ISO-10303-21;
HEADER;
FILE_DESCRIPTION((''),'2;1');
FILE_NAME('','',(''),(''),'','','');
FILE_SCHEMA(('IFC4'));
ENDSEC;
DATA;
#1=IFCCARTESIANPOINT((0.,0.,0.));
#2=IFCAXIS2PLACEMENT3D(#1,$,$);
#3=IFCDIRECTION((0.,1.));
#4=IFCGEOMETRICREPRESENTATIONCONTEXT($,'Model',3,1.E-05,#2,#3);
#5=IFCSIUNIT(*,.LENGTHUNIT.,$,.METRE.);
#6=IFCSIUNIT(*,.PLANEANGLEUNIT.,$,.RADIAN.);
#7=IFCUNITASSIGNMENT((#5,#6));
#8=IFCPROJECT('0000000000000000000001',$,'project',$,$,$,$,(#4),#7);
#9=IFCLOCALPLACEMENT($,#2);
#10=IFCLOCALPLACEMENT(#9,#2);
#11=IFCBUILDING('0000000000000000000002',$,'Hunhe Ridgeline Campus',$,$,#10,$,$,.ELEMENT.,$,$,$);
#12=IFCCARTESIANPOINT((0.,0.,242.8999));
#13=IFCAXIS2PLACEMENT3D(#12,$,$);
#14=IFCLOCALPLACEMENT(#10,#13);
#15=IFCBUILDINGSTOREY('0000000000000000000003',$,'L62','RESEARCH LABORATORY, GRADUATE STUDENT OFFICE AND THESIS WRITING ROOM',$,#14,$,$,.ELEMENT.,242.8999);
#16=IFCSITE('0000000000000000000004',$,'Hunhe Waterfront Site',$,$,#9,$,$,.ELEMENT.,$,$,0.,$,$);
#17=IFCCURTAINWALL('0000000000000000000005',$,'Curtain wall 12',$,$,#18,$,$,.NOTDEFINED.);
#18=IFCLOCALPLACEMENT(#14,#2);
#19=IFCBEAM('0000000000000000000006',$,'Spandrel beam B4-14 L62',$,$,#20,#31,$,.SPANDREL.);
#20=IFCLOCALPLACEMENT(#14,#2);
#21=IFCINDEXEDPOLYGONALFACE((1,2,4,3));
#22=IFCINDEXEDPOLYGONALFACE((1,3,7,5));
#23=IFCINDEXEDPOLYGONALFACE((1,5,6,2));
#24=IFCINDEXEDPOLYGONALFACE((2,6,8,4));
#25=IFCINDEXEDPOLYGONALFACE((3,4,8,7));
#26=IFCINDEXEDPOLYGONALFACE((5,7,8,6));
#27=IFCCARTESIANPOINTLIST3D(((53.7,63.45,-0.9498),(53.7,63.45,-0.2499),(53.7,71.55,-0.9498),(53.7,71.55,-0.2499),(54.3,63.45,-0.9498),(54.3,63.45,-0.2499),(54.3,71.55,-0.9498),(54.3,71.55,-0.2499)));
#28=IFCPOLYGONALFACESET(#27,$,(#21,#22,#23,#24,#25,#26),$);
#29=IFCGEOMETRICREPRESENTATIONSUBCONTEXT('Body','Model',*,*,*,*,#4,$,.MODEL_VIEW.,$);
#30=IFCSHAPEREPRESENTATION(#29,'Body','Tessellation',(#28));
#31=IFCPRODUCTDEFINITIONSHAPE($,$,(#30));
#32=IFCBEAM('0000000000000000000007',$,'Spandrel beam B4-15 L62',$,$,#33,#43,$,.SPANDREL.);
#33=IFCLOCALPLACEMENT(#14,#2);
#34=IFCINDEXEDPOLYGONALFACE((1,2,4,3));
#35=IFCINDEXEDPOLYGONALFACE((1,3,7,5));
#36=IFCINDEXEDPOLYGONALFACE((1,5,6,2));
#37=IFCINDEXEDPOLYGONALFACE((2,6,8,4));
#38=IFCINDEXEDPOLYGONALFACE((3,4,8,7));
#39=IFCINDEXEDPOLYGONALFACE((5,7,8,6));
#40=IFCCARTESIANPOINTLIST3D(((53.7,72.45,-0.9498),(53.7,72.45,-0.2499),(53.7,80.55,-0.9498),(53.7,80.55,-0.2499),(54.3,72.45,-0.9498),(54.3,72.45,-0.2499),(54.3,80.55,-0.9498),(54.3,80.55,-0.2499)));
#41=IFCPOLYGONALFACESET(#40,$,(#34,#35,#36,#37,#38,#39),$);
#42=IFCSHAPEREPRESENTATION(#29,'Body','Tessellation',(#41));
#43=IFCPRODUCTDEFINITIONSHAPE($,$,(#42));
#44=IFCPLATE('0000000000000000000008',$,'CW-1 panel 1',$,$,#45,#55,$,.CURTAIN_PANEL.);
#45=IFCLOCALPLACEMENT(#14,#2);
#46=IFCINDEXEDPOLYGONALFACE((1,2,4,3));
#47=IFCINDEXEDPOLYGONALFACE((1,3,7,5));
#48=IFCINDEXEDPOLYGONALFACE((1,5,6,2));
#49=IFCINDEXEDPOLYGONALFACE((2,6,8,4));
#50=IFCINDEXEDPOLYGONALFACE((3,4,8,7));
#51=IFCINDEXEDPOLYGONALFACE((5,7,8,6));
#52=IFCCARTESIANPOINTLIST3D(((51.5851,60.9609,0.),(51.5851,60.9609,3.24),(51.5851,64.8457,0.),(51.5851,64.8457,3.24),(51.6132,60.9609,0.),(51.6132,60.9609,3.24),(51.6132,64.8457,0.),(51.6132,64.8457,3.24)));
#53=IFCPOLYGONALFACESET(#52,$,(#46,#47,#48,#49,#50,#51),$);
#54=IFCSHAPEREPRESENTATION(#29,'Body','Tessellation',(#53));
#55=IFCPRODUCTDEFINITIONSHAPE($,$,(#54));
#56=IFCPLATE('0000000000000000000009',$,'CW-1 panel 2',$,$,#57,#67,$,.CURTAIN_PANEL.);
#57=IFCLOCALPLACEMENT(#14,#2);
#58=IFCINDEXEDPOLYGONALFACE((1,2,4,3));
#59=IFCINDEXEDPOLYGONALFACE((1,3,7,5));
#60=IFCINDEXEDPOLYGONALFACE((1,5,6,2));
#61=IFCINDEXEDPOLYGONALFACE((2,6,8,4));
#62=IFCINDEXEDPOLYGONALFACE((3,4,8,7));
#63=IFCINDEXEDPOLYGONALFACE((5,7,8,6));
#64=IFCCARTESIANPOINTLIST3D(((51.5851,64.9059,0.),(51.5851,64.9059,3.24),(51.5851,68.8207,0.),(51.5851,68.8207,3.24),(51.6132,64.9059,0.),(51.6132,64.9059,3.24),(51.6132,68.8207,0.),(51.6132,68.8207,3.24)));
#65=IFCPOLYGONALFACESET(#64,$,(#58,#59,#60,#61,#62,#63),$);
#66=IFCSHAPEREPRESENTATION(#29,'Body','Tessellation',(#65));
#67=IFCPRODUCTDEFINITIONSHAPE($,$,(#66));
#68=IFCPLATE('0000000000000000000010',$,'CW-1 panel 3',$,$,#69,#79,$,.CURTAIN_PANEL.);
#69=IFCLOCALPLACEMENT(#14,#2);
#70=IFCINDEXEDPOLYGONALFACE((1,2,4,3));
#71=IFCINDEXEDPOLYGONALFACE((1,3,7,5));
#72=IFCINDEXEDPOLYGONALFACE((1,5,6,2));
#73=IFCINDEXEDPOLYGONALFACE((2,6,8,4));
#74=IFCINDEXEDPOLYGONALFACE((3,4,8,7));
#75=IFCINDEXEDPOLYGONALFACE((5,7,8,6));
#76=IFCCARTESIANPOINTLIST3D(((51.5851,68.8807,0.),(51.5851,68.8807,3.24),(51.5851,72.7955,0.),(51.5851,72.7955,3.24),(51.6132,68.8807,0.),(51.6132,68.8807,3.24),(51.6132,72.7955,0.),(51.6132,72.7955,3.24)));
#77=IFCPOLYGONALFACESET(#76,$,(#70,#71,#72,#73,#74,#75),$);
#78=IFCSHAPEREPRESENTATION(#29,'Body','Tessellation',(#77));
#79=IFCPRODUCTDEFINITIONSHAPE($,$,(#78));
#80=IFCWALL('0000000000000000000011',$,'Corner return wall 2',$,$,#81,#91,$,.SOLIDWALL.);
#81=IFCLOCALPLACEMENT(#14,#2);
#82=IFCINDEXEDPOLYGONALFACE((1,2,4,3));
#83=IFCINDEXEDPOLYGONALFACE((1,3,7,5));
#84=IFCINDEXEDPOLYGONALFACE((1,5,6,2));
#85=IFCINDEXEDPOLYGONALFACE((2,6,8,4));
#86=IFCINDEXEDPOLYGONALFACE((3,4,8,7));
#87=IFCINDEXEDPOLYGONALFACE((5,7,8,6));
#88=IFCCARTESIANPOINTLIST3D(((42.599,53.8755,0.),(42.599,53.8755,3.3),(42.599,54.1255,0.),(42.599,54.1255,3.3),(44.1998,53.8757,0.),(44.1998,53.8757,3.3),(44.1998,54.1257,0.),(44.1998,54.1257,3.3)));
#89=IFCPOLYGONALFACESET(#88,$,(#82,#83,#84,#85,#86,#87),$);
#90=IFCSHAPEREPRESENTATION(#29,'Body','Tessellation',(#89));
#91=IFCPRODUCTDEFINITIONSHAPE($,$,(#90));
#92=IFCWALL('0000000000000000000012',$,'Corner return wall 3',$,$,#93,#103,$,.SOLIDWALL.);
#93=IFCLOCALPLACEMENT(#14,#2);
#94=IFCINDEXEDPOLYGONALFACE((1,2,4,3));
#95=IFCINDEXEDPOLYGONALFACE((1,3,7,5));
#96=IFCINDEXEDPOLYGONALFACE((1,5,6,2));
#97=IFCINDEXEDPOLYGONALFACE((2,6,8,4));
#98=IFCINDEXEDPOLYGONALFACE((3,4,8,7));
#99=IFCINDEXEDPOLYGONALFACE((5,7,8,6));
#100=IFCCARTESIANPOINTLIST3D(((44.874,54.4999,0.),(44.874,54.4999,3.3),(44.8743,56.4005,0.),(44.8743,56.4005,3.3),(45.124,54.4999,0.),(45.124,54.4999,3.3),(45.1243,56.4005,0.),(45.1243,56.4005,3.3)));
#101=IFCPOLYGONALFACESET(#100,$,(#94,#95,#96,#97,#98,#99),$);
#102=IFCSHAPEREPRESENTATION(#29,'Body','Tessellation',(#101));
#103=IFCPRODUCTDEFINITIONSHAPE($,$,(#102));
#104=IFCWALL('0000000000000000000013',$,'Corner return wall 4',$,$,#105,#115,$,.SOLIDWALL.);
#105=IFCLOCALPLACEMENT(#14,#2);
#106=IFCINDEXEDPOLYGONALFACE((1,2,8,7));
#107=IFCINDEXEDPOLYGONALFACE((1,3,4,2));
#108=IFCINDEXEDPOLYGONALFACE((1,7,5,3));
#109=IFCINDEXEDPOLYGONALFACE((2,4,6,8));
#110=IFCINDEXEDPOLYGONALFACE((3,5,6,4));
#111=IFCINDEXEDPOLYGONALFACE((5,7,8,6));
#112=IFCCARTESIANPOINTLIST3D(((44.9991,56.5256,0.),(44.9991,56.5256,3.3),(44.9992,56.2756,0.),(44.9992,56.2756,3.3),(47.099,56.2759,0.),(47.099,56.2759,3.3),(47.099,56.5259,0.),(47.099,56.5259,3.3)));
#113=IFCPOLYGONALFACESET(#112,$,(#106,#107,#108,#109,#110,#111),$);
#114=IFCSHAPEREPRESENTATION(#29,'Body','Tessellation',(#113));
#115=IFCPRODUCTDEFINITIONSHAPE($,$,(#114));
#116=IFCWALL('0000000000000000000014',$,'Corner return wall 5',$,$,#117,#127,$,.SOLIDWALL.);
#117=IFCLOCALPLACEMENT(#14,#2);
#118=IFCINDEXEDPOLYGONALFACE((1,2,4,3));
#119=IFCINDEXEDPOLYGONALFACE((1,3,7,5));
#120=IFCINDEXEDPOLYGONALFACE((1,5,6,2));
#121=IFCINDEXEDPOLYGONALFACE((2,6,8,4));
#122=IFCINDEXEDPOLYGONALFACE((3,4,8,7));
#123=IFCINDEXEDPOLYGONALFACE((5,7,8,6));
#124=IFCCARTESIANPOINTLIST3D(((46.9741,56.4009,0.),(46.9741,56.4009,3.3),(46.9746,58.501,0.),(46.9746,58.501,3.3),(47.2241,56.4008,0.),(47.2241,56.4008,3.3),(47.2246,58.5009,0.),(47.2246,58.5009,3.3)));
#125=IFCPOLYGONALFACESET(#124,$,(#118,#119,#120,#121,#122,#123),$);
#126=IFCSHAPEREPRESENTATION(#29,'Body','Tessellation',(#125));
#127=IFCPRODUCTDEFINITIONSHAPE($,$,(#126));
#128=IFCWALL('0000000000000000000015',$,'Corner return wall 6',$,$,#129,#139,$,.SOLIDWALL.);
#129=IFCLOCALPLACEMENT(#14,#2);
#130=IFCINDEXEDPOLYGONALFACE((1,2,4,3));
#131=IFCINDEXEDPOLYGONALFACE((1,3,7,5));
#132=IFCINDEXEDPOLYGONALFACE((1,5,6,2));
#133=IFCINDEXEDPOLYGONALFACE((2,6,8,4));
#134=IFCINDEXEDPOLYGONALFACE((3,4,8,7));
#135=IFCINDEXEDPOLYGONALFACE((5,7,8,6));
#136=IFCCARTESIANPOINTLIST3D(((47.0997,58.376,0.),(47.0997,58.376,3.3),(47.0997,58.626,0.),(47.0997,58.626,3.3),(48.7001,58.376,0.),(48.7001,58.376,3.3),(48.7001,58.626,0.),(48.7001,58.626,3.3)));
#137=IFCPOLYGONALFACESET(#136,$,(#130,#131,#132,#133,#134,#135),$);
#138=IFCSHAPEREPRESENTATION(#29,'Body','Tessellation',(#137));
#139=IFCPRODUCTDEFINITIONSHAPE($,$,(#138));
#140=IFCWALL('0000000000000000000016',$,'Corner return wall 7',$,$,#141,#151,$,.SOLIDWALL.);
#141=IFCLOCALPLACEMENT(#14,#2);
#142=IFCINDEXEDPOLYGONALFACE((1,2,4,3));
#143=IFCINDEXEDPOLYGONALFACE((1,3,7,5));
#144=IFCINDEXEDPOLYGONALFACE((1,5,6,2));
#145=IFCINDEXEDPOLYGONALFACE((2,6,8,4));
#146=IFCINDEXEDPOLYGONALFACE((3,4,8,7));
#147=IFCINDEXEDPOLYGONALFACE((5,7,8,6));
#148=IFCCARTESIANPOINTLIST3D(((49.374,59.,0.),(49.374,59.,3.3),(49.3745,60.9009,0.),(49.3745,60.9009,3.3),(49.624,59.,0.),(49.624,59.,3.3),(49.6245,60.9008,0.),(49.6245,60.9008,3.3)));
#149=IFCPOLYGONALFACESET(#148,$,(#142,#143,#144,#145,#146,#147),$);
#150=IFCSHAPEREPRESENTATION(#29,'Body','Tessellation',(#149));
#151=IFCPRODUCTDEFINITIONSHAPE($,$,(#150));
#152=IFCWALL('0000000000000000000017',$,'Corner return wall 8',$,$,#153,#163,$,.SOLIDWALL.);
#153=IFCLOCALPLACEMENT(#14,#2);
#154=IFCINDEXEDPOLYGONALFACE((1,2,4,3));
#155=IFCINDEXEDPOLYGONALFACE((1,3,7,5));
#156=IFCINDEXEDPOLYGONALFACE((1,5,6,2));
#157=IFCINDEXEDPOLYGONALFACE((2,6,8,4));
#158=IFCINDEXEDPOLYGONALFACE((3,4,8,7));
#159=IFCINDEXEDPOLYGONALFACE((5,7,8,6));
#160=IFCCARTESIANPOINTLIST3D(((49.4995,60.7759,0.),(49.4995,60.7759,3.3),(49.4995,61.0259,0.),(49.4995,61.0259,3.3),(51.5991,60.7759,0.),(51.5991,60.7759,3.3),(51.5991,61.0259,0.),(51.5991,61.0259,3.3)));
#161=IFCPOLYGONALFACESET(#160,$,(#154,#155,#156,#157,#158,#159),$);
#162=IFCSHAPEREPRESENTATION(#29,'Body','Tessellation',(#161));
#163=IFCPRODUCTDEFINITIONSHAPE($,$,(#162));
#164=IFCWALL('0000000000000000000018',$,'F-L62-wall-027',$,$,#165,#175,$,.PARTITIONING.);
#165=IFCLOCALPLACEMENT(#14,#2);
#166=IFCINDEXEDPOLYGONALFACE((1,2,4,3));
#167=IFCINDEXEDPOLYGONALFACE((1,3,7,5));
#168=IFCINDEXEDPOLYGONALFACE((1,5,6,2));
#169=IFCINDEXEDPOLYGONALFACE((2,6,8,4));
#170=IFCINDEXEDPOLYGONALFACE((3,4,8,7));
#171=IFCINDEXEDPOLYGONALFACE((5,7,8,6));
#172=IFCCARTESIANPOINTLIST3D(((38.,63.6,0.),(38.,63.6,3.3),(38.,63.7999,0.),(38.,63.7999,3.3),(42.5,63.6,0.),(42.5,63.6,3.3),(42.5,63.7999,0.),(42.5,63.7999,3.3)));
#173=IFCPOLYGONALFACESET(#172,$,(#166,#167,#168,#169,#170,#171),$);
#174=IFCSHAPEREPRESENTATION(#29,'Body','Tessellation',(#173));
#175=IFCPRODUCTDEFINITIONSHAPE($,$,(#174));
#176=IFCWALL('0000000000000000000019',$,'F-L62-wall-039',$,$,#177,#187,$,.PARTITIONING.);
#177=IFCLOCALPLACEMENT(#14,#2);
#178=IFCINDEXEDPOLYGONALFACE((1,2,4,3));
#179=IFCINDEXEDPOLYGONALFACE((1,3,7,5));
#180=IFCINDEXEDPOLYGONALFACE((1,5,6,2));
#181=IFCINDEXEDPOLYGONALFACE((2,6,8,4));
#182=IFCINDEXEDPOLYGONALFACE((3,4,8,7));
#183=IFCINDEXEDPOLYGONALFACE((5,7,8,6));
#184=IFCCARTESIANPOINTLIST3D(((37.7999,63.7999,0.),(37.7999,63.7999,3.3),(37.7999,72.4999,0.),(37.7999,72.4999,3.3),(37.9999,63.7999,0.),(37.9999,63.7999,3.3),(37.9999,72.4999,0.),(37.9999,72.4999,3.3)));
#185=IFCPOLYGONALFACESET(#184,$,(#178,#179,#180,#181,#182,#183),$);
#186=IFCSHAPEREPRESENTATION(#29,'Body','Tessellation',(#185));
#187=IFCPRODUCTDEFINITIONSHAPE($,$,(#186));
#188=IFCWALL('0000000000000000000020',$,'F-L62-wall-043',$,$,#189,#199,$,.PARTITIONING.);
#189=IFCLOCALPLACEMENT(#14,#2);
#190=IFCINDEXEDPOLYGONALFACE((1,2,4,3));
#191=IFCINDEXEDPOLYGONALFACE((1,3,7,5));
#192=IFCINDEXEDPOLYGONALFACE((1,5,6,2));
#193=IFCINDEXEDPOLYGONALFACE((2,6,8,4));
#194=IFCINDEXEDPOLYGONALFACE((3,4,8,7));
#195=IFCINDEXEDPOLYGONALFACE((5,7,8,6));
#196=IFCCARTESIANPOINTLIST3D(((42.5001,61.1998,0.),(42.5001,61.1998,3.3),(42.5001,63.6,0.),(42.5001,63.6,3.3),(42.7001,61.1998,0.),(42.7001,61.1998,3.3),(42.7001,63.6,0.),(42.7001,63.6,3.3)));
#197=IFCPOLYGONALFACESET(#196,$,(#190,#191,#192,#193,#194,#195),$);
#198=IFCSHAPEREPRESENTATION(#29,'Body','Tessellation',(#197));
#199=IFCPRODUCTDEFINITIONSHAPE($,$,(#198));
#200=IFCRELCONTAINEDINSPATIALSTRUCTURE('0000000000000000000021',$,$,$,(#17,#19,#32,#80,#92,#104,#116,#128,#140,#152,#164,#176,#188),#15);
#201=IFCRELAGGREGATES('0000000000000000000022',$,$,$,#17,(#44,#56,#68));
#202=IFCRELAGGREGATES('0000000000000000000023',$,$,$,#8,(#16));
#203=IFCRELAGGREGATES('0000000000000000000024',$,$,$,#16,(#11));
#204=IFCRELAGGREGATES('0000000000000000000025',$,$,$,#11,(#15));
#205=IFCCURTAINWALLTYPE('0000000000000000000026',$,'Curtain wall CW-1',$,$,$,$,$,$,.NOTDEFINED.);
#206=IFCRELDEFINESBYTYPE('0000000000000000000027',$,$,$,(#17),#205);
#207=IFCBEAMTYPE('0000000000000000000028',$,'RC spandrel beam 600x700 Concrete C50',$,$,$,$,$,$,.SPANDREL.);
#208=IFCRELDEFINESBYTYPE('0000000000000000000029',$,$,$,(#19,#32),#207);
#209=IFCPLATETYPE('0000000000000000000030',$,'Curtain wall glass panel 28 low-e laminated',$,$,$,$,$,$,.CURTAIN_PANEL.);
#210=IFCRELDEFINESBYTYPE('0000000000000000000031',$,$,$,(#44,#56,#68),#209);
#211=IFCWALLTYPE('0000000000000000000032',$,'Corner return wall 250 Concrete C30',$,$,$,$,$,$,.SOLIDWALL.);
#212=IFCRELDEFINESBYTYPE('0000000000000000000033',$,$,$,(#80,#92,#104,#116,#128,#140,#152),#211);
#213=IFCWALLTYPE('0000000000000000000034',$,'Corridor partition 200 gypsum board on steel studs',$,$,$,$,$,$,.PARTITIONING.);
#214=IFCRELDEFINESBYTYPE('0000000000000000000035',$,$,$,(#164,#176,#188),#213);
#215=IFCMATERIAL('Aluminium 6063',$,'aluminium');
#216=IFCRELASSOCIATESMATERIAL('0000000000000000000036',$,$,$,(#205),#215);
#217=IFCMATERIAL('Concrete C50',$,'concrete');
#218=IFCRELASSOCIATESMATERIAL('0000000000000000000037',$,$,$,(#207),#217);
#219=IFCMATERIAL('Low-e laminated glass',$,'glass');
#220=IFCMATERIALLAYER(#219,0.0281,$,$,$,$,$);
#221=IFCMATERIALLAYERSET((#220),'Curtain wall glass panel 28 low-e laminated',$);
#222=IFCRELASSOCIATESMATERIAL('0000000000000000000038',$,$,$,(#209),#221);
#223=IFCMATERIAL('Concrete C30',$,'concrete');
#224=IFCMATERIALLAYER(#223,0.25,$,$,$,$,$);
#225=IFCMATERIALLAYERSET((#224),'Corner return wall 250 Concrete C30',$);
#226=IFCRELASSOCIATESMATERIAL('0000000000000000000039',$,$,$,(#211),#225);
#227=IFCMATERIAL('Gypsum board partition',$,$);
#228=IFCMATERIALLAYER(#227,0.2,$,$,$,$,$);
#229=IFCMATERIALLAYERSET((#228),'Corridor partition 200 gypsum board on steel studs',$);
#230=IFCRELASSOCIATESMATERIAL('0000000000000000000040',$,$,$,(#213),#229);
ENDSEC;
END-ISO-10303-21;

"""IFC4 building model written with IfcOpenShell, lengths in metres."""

from ifc_helpers import new_model, si_unit, direction, frame, frame_2d, origin, origin_2d, place, context, subcontext, project, spatial, rectangle, extrude, material, layer, layer_set, material_profile, profile_set, type_object, element, aggregate, save


model = new_model("IFC4")

# Units and contexts
model_context = context("Model", 3, precision=1e-05, world=origin(), true_north=direction((0.0, 1.0)))
body_context = subcontext(model_context, "Body", "Model", "MODEL_VIEW")
ifc_project = project(units=[si_unit("LENGTHUNIT", "METRE"), si_unit("PLANEANGLEUNIT", "RADIAN")], contexts=[model_context])

# Site, building, storey
site_placement = place(None, origin())
site = spatial("IfcSite", under=ifc_project, at=site_placement, Name="Hunhe Waterfront Site", CompositionType="ELEMENT", RefElevation=0.0)
building_placement = place(site_placement, origin())
building = spatial("IfcBuilding", under=site, at=building_placement, Name="Hunhe Ridgeline Campus", CompositionType="ELEMENT")
storey_placement = place(building_placement, frame((0.0, 0.0, 242.8999)))
storey = spatial("IfcBuildingStorey", under=building, at=storey_placement, Name="L62", Description="RESEARCH LABORATORY, GRADUATE STUDENT OFFICE AND THESIS WRITING ROOM", CompositionType="ELEMENT", Elevation=242.8999)

# Curtain wall
ifc_material_1 = material(Name="Aluminium 6063", Category="aluminium")
curtain_wall_type = type_object("IfcCurtainWallType", Name="Curtain wall CW-1", PredefinedType="NOTDEFINED", material=ifc_material_1)
curtain_wall_placement = place(storey_placement, origin())
curtain_wall = element("IfcCurtainWall", 1, at=curtain_wall_placement, inside=storey, type_object=curtain_wall_type, Name="Curtain wall 12", PredefinedType="NOTDEFINED")

# Beams
ifc_material_2 = material(Name="Concrete C50", Category="concrete")
ifc_material_profile_1 = material_profile(ifc_material_2, rectangle(XDim=0.6001, YDim=0.7, at=origin_2d()))
ifc_profile_set_1 = profile_set([ifc_material_profile_1], Name="Concrete C50")
beam_type = type_object("IfcBeamType", Name="RC spandrel beam 600x700 Concrete C50", PredefinedType="SPANDREL", material=ifc_profile_set_1)
for number, where, z_axis, x_axis, name in (
    (2, (54.0, 63.45, -0.5999), (0.0, 1.0, 0.0), (-1.0, 0.0, 0.0), "Spandrel beam B4-14 L62"),
    (3, (54.0, 72.45, -0.5999), (0.0, 1.0, 0.0), (-1.0, 0.0, 0.0), "Spandrel beam B4-15 L62"),
):
    element("IfcBeam", number, at=place(storey_placement, frame(where, z_axis=z_axis, x_axis=x_axis)), inside=storey, type_object=beam_type, Name=name, PredefinedType="SPANDREL", context=body_context, shape_type="SweptSolid", body=[
        extrude(rectangle(XDim=0.6001, YDim=0.7, at=origin_2d()), origin(), (0.0, 0.0, 1.0), 8.1001),
    ])

# Plates
ifc_material_3 = material(Name="Low-e laminated glass", Category="glass")
ifc_layer_1 = layer(ifc_material_3, 0.0281)
ifc_layer_set_1 = layer_set([ifc_layer_1], Name="Curtain wall glass panel 28 low-e laminated")
plate_type = type_object("IfcPlateType", Name="Curtain wall glass panel 28 low-e laminated", PredefinedType="CURTAIN_PANEL", material=ifc_layer_set_1)
plate_1_placement = place(storey_placement, frame((51.5991, 62.9033, 0.0), z_axis=(0.0, 0.0, 1.0), x_axis=(0.0, 1.0, 0.0)))
plate_1 = element("IfcPlate", 4, at=plate_1_placement, type_object=plate_type, Name="CW-1 panel 1", PredefinedType="CURTAIN_PANEL", context=body_context, shape_type="SweptSolid", body=[
    extrude(rectangle(XDim=3.8848, YDim=0.0281, at=origin_2d()), origin(), (0.0, 0.0, 1.0), 3.24),
])
plate_2_placement = place(storey_placement, frame((51.5991, 66.8633, 0.0), z_axis=(0.0, 0.0, 1.0), x_axis=(0.0, 1.0, 0.0)))
plate_2 = element("IfcPlate", 5, at=plate_2_placement, type_object=plate_type, Name="CW-1 panel 2", PredefinedType="CURTAIN_PANEL", context=body_context, shape_type="SweptSolid", body=[
    extrude(rectangle(XDim=3.9148, YDim=0.0281, at=origin_2d()), origin(), (0.0, 0.0, 1.0), 3.24),
])
plate_3_placement = place(storey_placement, frame((51.5991, 70.8381, 0.0), z_axis=(0.0, 0.0, 1.0), x_axis=(0.0, 1.0, 0.0)))
plate_3 = element("IfcPlate", 6, at=plate_3_placement, type_object=plate_type, Name="CW-1 panel 3", PredefinedType="CURTAIN_PANEL", context=body_context, shape_type="SweptSolid", body=[
    extrude(rectangle(XDim=3.9148, YDim=0.0281, at=origin_2d()), origin(), (0.0, 0.0, 1.0), 3.24),
])
aggregate(curtain_wall, [plate_1, plate_2, plate_3])

# Walls
ifc_material_4 = material(Name="Concrete C30", Category="concrete")
ifc_layer_2 = layer(ifc_material_4, 0.25)
ifc_layer_set_2 = layer_set([ifc_layer_2], Name="Corner return wall 250 Concrete C30")
wall_type_1 = type_object("IfcWallType", Name="Corner return wall 250 Concrete C30", PredefinedType="SOLIDWALL", material=ifc_layer_set_2)
wall_1_placement = place(storey_placement, frame((42.5991, 54.0005, 0.0), z_axis=(0.0, 0.0, 1.0), x_axis=(1.0, 0.000153, 0.0)))
element("IfcWall", 7, at=wall_1_placement, inside=storey, type_object=wall_type_1, Name="Corner return wall 2", PredefinedType="SOLIDWALL", context=body_context, shape_type="SweptSolid", body=[
    extrude(rectangle(XDim=1.6008, YDim=0.25, at=frame_2d((0.8003, 0.0))), origin(), (0.0, 0.0, 1.0), 3.3),
])
wall_2_placement = place(storey_placement, frame((44.999, 54.5, 0.0), z_axis=(0.0, 0.0, 1.0), x_axis=(0.000128, 1.0, 0.0)))
element("IfcWall", 8, at=wall_2_placement, inside=storey, type_object=wall_type_1, Name="Corner return wall 3", PredefinedType="SOLIDWALL", context=body_context, shape_type="SweptSolid", body=[
    extrude(rectangle(XDim=1.9006, YDim=0.25, at=frame_2d((0.9502, 0.0))), origin(), (0.0, 0.0, 1.0), 3.3),
])
wall_3_placement = place(storey_placement, frame((44.9993, 56.4006, 0.0), z_axis=(0.0, 0.0, 1.0), x_axis=(1.0, 0.000116, 0.0)))
element("IfcWall", 9, at=wall_3_placement, inside=storey, type_object=wall_type_1, Name="Corner return wall 4", PredefinedType="SOLIDWALL", context=body_context, shape_type="SweptSolid", body=[
    extrude(rectangle(XDim=2.0999, YDim=0.25, at=frame_2d((1.0498, 0.0))), origin(), (0.0, 0.0, 1.0), 3.3),
])
wall_4_placement = place(storey_placement, frame((47.0991, 56.4009, 0.0), z_axis=(0.0, 0.0, 1.0), x_axis=(0.000233, 1.0, 0.0)))
element("IfcWall", 10, at=wall_4_placement, inside=storey, type_object=wall_type_1, Name="Corner return wall 5", PredefinedType="SOLIDWALL", context=body_context, shape_type="SweptSolid", body=[
    extrude(rectangle(XDim=2.1001, YDim=0.25, at=frame_2d((1.05, 0.0))), origin(), (0.0, 0.0, 1.0), 3.3),
])
wall_5_placement = place(storey_placement, frame((47.0996, 58.501, 0.0), z_axis=(0.0, 0.0, 1.0), x_axis=(1.0, 0.0, 0.0)))
element("IfcWall", 11, at=wall_5_placement, inside=storey, type_object=wall_type_1, Name="Corner return wall 6", PredefinedType="SOLIDWALL", context=body_context, shape_type="SweptSolid", body=[
    extrude(rectangle(XDim=1.6003, YDim=0.25, at=frame_2d((0.8003, 0.0))), origin(), (0.0, 0.0, 1.0), 3.3),
])
wall_6_placement = place(storey_placement, frame((49.499, 59.0, 0.0), z_axis=(0.0, 0.0, 1.0), x_axis=(0.000257, 1.0, 0.0)))
element("IfcWall", 12, at=wall_6_placement, inside=storey, type_object=wall_type_1, Name="Corner return wall 7", PredefinedType="SOLIDWALL", context=body_context, shape_type="SweptSolid", body=[
    extrude(rectangle(XDim=1.9009, YDim=0.25, at=frame_2d((0.9504, 0.0))), origin(), (0.0, 0.0, 1.0), 3.3),
])
wall_7_placement = place(storey_placement, frame((49.4995, 60.9009, 0.0), z_axis=(0.0, 0.0, 1.0), x_axis=(1.0, 0.0, 0.0)))
element("IfcWall", 13, at=wall_7_placement, inside=storey, type_object=wall_type_1, Name="Corner return wall 8", PredefinedType="SOLIDWALL", context=body_context, shape_type="SweptSolid", body=[
    extrude(rectangle(XDim=2.0996, YDim=0.25, at=frame_2d((1.0498, 0.0))), origin(), (0.0, 0.0, 1.0), 3.3),
])

# Shared definitions
ifc_material_5 = material(Name="Gypsum board partition")
ifc_layer_3 = layer(ifc_material_5, 0.2)
ifc_layer_set_3 = layer_set([ifc_layer_3], Name="Corridor partition 200 gypsum board on steel studs")
wall_type_2 = type_object("IfcWallType", Name="Corridor partition 200 gypsum board on steel studs", PredefinedType="PARTITIONING", material=ifc_layer_set_3)

# Wall
wall_8_placement = place(storey_placement, frame((38.0, 63.7, 0.0), z_axis=(0.0, 0.0, 1.0), x_axis=(1.0, 0.0, 0.0)))
element("IfcWall", 14, at=wall_8_placement, inside=storey, type_object=wall_type_2, Name="F-L62-wall-027", PredefinedType="PARTITIONING", context=body_context, shape_type="SweptSolid", body=[
    extrude(rectangle(XDim=4.5, YDim=0.2, at=frame_2d((2.25, 0.0))), origin(), (0.0, 0.0, 1.0), 3.3),
])

# Walls
wall_9_placement = place(storey_placement, frame((37.8999, 72.5, 0.0), z_axis=(0.0, 0.0, 1.0), x_axis=(0.0, -1.0, 0.0)))
element("IfcWall", 15, at=wall_9_placement, inside=storey, type_object=wall_type_2, Name="F-L62-wall-039", PredefinedType="PARTITIONING", context=body_context, shape_type="SweptSolid", body=[
    extrude(rectangle(XDim=8.7, YDim=0.2, at=frame_2d((4.3501, 0.0))), origin(), (0.0, 0.0, 1.0), 3.3),
])
wall_10_placement = place(storey_placement, frame((42.6001, 63.6001, 0.0), z_axis=(0.0, 0.0, 1.0), x_axis=(0.0, -1.0, 0.0)))
element("IfcWall", 16, at=wall_10_placement, inside=storey, type_object=wall_type_2, Name="F-L62-wall-043", PredefinedType="PARTITIONING", context=body_context, shape_type="SweptSolid", body=[
    extrude(rectangle(XDim=2.4001, YDim=0.2, at=frame_2d((1.2002, 0.0))), origin(), (0.0, 0.0, 1.0), 3.3),
])

save(model, "model.ifc")
